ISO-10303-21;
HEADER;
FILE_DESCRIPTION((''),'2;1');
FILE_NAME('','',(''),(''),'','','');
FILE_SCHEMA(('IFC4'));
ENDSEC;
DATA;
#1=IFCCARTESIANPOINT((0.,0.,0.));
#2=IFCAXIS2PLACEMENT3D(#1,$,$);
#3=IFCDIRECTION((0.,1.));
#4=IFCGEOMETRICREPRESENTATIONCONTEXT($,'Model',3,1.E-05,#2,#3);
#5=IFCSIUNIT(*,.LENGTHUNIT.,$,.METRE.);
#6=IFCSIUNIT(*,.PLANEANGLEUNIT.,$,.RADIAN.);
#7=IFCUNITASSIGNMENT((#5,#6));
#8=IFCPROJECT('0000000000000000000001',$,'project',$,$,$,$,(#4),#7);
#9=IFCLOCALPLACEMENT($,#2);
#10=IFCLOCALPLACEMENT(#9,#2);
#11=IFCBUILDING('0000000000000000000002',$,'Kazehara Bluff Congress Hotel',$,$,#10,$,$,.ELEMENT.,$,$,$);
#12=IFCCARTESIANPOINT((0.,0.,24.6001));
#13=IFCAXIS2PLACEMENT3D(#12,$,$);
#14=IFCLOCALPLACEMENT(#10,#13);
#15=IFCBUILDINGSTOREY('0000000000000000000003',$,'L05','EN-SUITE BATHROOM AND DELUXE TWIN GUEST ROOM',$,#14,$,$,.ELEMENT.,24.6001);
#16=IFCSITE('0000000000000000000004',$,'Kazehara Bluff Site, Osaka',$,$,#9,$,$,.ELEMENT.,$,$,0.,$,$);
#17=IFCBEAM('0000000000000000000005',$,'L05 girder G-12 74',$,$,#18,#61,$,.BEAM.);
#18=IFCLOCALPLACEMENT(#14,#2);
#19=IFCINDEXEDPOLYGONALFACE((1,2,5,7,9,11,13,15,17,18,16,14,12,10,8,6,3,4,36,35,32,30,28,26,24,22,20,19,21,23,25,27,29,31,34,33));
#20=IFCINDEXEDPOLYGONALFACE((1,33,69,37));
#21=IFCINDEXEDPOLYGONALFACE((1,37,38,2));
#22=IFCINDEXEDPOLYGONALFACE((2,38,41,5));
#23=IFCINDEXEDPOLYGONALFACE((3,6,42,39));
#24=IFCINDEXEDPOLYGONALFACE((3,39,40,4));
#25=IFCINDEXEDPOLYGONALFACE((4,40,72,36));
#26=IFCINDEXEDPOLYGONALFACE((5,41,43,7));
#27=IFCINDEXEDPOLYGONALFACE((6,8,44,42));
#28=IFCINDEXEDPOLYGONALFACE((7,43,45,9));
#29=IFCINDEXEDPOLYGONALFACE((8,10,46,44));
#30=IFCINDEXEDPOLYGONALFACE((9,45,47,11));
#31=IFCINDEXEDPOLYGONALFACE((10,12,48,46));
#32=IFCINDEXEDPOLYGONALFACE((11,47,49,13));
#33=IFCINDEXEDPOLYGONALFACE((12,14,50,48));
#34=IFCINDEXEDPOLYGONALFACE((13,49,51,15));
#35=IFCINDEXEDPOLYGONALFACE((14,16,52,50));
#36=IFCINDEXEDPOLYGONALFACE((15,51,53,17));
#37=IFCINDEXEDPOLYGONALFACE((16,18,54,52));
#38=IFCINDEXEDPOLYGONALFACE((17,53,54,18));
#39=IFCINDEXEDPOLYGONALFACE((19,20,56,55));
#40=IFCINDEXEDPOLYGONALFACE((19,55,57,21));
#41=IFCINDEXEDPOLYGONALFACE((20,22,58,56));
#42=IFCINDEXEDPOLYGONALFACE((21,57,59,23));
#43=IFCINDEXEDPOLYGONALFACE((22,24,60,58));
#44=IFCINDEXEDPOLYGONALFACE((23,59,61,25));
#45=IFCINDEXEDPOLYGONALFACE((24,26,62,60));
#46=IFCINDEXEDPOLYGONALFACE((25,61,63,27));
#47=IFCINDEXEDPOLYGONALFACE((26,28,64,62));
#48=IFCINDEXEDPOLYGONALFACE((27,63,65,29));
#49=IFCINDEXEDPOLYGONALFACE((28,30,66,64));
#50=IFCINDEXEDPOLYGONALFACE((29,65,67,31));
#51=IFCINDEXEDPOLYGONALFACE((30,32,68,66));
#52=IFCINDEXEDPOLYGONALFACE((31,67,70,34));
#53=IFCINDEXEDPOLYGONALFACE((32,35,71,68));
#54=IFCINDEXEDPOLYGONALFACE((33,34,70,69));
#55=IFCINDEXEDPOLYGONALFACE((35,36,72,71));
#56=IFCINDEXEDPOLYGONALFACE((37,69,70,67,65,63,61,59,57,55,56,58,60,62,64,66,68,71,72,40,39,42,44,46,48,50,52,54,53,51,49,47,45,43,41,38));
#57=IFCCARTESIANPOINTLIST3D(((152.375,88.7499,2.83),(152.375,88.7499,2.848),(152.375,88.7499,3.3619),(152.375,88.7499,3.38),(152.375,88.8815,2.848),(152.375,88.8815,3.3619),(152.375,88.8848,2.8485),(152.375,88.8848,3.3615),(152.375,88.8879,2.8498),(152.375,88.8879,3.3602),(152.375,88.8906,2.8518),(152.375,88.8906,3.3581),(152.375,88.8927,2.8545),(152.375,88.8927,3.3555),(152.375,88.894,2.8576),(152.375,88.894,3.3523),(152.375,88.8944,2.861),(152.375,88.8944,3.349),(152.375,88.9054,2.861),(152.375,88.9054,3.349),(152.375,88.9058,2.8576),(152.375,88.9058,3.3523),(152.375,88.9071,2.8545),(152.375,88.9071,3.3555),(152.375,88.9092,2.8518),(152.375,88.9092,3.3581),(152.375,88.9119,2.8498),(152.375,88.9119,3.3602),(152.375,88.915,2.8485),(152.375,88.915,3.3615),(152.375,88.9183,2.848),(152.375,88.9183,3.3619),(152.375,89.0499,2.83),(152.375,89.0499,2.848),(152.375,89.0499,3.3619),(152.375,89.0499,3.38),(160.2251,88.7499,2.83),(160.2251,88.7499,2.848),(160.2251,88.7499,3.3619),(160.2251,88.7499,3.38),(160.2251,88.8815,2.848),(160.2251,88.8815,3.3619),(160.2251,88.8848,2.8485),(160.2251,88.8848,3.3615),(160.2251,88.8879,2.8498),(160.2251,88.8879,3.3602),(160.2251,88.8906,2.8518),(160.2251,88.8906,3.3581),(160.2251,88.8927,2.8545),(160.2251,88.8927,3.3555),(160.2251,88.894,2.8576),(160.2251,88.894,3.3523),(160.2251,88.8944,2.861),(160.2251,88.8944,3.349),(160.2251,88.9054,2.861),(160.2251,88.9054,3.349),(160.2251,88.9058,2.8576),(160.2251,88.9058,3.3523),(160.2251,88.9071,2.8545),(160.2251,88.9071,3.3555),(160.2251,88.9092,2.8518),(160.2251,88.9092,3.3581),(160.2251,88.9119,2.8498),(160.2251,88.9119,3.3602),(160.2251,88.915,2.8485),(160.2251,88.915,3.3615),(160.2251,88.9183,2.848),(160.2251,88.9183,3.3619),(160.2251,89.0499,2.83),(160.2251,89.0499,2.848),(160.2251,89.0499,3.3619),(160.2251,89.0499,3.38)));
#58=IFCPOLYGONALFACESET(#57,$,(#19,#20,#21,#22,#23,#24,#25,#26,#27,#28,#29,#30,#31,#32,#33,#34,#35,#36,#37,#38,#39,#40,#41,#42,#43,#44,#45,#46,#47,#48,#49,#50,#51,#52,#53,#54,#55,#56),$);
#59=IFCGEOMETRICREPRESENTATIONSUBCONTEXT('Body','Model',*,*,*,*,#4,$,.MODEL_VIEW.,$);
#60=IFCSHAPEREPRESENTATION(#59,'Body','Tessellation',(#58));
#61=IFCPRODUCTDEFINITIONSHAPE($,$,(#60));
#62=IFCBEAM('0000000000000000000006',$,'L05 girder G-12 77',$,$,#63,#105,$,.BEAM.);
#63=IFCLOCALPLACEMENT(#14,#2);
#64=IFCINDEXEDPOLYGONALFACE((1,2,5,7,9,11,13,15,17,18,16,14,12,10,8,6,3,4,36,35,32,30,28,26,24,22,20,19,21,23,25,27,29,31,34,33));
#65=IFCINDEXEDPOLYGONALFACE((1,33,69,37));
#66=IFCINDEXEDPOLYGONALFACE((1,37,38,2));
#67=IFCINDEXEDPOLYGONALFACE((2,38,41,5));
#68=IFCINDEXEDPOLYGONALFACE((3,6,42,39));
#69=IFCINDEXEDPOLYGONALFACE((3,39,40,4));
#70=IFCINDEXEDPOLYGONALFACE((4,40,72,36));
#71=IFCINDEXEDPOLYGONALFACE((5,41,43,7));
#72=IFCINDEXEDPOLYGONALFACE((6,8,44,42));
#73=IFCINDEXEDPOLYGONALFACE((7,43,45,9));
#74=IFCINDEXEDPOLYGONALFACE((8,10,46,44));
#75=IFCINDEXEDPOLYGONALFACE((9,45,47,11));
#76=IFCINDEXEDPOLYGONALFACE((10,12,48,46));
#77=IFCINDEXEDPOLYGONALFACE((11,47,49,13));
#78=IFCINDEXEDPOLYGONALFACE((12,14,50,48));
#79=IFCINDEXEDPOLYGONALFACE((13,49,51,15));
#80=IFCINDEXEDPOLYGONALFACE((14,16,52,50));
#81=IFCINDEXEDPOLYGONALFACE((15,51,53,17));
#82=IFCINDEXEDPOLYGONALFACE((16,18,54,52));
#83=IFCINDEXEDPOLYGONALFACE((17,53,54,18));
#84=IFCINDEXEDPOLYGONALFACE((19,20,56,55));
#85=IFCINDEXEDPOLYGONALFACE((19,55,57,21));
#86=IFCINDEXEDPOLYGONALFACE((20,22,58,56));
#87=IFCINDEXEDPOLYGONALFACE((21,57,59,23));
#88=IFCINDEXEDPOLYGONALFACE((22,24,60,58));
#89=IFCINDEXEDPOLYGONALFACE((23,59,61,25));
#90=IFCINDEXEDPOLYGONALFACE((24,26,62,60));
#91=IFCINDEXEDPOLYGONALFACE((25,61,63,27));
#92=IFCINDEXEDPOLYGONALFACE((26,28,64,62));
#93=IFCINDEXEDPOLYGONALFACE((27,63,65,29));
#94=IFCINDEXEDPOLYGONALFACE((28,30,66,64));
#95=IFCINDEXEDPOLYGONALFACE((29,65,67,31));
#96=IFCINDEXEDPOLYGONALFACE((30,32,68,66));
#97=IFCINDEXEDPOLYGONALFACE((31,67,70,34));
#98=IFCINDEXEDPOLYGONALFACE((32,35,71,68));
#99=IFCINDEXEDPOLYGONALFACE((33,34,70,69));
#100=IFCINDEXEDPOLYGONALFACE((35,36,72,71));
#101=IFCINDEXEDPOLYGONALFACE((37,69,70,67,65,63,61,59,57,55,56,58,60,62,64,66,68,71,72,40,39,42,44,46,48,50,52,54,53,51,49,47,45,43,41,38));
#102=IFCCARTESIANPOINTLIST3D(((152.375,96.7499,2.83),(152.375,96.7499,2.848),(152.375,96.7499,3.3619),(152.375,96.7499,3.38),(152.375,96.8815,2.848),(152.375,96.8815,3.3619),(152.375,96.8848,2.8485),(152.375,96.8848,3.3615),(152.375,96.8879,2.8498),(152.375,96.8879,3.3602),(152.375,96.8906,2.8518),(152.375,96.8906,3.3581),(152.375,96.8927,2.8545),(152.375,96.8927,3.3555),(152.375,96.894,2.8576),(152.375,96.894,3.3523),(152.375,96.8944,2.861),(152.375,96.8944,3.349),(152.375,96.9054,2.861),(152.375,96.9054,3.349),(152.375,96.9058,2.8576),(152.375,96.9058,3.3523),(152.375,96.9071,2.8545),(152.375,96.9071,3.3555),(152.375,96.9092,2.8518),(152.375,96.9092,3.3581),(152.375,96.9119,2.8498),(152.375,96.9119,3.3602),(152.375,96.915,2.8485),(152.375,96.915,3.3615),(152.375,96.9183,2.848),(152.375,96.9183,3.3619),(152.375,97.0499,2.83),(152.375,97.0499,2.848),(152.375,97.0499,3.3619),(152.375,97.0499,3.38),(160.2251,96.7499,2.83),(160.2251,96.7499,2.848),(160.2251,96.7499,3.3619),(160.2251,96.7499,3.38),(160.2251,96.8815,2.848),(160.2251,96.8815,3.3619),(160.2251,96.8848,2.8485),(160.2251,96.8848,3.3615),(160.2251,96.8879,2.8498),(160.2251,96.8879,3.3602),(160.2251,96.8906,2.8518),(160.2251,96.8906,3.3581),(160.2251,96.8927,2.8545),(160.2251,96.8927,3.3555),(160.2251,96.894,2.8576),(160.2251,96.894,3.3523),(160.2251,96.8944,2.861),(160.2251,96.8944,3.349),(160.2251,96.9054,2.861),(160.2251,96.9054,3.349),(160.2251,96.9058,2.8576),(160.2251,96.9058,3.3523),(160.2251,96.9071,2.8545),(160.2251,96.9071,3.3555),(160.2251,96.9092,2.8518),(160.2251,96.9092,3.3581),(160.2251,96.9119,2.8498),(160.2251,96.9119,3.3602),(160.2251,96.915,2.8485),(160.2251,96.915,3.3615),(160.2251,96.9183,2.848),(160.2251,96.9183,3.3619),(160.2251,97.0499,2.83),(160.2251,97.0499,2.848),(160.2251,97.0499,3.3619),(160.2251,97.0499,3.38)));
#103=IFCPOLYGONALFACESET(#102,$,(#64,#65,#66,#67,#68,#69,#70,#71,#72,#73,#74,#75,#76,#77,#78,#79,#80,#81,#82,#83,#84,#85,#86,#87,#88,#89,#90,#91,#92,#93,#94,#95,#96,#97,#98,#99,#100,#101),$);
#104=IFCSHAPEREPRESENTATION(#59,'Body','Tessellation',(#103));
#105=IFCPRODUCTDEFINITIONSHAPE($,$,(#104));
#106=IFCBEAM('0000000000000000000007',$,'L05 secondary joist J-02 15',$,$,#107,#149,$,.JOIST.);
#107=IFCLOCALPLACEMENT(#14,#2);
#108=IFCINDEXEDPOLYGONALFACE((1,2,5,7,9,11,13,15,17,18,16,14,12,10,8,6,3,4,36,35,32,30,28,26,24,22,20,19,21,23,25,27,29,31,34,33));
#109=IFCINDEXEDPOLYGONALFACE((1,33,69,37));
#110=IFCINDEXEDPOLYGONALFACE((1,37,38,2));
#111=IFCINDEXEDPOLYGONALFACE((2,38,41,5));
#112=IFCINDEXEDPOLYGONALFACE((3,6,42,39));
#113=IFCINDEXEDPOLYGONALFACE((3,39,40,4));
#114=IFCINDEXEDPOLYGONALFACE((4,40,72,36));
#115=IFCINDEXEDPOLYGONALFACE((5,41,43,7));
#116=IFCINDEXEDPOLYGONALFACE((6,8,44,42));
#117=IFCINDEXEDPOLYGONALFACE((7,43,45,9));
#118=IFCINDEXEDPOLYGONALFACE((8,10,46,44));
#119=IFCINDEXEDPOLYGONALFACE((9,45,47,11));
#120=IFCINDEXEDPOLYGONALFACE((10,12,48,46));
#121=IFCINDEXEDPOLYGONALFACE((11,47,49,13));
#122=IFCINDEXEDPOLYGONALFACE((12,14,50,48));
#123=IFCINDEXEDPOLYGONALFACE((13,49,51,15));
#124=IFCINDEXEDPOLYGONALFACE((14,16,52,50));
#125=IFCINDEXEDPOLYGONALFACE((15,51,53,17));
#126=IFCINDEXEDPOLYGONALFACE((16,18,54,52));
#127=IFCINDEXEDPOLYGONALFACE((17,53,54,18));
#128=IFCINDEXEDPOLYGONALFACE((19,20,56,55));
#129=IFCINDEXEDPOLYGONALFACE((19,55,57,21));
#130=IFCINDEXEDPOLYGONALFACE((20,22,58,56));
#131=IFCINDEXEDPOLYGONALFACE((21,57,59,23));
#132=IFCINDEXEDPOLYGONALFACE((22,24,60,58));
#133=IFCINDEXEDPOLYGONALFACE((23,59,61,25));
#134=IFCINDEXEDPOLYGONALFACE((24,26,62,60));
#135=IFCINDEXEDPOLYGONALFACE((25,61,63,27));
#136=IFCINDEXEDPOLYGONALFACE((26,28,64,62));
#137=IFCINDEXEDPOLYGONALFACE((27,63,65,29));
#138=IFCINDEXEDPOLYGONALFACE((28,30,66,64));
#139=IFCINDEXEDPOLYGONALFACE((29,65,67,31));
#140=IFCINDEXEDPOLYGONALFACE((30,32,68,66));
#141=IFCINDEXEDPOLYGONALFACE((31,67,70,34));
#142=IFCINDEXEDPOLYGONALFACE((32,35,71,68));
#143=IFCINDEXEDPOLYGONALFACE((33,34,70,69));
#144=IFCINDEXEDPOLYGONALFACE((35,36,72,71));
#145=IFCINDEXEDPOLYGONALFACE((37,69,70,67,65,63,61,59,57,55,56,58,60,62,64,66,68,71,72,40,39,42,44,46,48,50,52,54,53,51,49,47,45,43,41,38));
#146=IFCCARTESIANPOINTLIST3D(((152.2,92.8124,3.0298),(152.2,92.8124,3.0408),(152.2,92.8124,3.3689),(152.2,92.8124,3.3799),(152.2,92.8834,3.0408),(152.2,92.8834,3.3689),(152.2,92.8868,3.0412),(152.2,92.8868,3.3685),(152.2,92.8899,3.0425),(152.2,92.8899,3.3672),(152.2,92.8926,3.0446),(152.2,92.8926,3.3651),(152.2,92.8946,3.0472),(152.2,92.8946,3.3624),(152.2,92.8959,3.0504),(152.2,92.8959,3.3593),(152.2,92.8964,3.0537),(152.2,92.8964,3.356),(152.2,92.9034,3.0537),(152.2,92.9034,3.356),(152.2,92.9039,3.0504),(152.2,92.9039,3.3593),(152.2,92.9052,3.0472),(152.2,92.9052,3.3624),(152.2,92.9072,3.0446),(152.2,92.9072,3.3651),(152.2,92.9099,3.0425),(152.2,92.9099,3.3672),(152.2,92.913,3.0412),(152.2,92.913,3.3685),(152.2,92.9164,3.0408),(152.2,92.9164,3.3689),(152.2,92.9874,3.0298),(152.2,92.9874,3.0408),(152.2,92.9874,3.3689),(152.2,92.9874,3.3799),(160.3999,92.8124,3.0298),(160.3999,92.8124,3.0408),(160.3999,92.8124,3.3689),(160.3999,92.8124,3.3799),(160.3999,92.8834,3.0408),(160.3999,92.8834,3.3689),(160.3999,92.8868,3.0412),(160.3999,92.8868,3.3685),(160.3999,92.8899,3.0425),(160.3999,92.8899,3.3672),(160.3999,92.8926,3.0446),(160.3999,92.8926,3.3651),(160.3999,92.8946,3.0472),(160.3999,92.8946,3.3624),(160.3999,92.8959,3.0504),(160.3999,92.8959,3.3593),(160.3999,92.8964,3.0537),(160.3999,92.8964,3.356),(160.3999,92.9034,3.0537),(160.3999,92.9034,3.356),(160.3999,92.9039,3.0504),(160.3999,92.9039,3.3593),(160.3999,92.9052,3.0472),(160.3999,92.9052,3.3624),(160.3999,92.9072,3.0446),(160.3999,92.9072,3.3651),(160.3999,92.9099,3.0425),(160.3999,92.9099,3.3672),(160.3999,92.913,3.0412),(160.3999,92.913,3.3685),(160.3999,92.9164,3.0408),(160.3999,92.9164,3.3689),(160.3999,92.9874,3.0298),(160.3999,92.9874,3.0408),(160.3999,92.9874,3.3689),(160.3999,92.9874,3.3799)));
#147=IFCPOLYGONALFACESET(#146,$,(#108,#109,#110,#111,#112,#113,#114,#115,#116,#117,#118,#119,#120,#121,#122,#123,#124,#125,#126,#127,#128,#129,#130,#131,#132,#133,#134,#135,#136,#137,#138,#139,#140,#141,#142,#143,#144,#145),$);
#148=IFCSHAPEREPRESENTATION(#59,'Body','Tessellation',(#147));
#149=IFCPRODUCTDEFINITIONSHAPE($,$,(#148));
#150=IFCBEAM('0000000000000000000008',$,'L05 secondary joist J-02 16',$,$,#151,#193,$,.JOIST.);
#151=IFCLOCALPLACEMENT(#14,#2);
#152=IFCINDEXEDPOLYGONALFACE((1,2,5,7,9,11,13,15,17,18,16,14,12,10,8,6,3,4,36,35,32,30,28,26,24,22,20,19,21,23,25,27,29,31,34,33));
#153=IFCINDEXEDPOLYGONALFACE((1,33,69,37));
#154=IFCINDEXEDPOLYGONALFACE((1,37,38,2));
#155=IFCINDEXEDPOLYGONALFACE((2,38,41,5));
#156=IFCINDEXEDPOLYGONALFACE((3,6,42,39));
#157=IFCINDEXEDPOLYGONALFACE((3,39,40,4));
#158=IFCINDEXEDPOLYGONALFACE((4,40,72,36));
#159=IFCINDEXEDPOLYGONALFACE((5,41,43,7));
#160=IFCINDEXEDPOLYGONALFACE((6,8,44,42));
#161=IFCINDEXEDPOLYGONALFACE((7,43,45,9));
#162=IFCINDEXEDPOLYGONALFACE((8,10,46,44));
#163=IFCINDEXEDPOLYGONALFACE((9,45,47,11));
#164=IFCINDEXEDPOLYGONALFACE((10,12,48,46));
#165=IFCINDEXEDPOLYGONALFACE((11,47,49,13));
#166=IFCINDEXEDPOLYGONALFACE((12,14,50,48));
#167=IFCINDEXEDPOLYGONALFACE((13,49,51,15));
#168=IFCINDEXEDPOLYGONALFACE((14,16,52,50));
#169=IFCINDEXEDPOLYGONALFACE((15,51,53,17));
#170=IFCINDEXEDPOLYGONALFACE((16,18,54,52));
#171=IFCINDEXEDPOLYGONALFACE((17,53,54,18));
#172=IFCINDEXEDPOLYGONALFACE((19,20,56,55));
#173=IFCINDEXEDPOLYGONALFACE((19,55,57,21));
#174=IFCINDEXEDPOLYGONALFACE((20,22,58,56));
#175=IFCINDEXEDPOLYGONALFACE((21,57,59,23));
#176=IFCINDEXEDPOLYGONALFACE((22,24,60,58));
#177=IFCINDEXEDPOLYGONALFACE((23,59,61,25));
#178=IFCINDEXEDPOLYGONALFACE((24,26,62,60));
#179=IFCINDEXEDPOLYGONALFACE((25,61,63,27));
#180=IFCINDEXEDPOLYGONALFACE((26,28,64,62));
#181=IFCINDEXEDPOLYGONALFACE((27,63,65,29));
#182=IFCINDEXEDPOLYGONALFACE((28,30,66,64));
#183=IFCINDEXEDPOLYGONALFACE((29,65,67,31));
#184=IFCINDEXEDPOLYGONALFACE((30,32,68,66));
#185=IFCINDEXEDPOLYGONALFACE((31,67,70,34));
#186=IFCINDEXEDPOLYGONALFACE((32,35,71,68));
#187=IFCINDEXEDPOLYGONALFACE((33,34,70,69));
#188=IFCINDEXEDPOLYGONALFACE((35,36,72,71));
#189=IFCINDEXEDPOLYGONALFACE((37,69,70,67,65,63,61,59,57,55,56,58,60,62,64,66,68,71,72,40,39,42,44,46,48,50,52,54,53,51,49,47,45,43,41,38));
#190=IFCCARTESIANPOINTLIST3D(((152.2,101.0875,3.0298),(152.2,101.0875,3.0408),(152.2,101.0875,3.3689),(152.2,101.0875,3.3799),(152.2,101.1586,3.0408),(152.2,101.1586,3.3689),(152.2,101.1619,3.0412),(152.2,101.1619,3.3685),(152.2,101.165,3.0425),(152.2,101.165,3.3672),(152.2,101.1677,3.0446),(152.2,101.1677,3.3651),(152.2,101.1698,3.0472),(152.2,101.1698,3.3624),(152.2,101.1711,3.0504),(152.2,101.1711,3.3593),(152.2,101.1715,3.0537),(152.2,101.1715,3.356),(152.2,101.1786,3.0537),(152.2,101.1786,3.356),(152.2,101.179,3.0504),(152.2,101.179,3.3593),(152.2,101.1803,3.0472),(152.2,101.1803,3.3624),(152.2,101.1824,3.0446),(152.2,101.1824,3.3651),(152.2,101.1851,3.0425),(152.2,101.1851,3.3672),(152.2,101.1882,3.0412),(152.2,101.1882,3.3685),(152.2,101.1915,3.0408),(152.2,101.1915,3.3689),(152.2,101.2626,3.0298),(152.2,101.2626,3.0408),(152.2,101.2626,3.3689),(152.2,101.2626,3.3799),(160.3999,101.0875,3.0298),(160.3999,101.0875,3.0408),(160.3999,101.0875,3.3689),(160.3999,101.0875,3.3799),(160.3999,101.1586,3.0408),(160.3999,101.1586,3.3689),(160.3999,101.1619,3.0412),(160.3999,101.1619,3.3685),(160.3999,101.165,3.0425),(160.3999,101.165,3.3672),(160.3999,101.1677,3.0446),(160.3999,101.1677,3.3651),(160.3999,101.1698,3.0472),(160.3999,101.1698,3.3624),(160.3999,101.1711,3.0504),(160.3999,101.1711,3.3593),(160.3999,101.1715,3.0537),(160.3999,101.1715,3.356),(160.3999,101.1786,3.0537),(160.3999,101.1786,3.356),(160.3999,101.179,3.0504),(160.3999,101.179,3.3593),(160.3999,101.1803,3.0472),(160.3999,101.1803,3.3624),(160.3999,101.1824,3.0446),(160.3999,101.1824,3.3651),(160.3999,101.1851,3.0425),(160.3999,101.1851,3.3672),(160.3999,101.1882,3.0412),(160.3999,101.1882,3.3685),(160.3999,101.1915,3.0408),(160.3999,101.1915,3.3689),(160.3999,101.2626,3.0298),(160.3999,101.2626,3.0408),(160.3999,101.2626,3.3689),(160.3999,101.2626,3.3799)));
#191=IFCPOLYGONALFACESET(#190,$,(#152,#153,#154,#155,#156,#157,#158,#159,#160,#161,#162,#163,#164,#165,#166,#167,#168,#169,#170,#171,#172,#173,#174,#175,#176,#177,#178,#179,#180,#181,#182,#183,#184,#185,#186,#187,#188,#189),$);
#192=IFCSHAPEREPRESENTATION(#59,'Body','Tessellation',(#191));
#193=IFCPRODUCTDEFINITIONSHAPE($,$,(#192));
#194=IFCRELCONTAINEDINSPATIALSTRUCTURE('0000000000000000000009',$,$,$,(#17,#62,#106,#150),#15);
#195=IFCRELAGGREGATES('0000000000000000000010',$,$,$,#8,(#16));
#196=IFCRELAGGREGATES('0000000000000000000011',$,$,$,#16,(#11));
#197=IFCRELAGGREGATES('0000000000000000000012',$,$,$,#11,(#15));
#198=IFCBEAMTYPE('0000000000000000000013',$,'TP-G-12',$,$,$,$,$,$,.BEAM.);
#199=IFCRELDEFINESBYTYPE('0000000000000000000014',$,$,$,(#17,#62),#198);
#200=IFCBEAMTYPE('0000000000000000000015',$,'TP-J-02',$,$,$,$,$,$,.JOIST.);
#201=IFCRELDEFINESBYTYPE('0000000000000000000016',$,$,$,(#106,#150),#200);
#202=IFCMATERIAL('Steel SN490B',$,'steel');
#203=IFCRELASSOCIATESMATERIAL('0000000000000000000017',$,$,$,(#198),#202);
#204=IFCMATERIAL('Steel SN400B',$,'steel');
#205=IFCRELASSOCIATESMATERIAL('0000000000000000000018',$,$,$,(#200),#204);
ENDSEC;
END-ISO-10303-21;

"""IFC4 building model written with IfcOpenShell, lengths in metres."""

from ifc_helpers import new_model, si_unit, direction, frame, origin, origin_2d, place, context, subcontext, project, spatial, i_section, extrude, material, material_profile, profile_set, type_object, element, save


model = new_model("IFC4")

# Units and contexts
model_context = context("Model", 3, precision=1e-05, world=origin(), true_north=direction((0.0, 1.0)))
body_context = subcontext(model_context, "Body", "Model", "MODEL_VIEW")
ifc_project = project(units=[si_unit("LENGTHUNIT", "METRE"), si_unit("PLANEANGLEUNIT", "RADIAN")], contexts=[model_context])

# Site, building, storey
site_placement = place(None, origin())
site = spatial("IfcSite", under=ifc_project, at=site_placement, Name="Kazehara Bluff Site, Osaka", CompositionType="ELEMENT", RefElevation=0.0)
building_placement = place(site_placement, origin())
building = spatial("IfcBuilding", under=site, at=building_placement, Name="Kazehara Bluff Congress Hotel", CompositionType="ELEMENT")
storey_placement = place(building_placement, frame((0.0, 0.0, 24.6001)))
storey = spatial("IfcBuildingStorey", under=building, at=storey_placement, Name="L05", Description="EN-SUITE BATHROOM AND DELUXE TWIN GUEST ROOM", CompositionType="ELEMENT", Elevation=24.6001)

# Beams
ifc_material_1 = material(Name="Steel SN490B", Category="steel")
ifc_material_profile_1 = material_profile(ifc_material_1, i_section(OverallWidth=0.3, OverallDepth=0.55, WebThickness=0.011, FlangeThickness=0.0181, FilletRadius=0.0129, at=origin_2d()))
ifc_profile_set_1 = profile_set([ifc_material_profile_1], Name="Steel SN490B")
beam_type_1 = type_object("IfcBeamType", Name="TP-G-12", PredefinedType="BEAM", material=ifc_profile_set_1)
for number, where, z_axis, x_axis, name in (
    (1, (152.375, 88.8999, 3.105), (1.0, 0.0, 0.0), (0.0, 1.0, 0.0), "L05 girder G-12 74"),
    (2, (152.375, 96.8999, 3.105), (1.0, 0.0, 0.0), (0.0, 1.0, 0.0), "L05 girder G-12 77"),
):
    element("IfcBeam", number, at=place(storey_placement, frame(where, z_axis=z_axis, x_axis=x_axis)), inside=storey, type_object=beam_type_1, Name=name, PredefinedType="BEAM", context=body_context, shape_type="SweptSolid", body=[
        extrude(i_section(OverallWidth=0.3, OverallDepth=0.55, WebThickness=0.011, FlangeThickness=0.0181, FilletRadius=0.0129, at=origin_2d()), origin(), (0.0, 0.0, 1.0), 7.8501),
    ])
ifc_material_2 = material(Name="Steel SN400B", Category="steel")
ifc_material_profile_2 = material_profile(ifc_material_2, i_section(OverallWidth=0.175, OverallDepth=0.3501, WebThickness=0.0071, FlangeThickness=0.011, FilletRadius=0.0129, at=origin_2d()))
ifc_profile_set_2 = profile_set([ifc_material_profile_2], Name="Steel SN400B")
beam_type_2 = type_object("IfcBeamType", Name="TP-J-02", PredefinedType="JOIST", material=ifc_profile_set_2)
for number, where, z_axis, x_axis, name in (
    (3, (152.2, 92.8999, 3.2048), (1.0, 0.0, 0.0), (0.0, 1.0, 0.0), "L05 secondary joist J-02 15"),
    (4, (152.2, 101.175, 3.2048), (1.0, 0.0, 0.0), (0.0, 1.0, 0.0), "L05 secondary joist J-02 16"),
):
    element("IfcBeam", number, at=place(storey_placement, frame(where, z_axis=z_axis, x_axis=x_axis)), inside=storey, type_object=beam_type_2, Name=name, PredefinedType="JOIST", context=body_context, shape_type="SweptSolid", body=[
        extrude(i_section(OverallWidth=0.175, OverallDepth=0.3501, WebThickness=0.0071, FlangeThickness=0.011, FilletRadius=0.0129, at=origin_2d()), origin(), (0.0, 0.0, 1.0), 8.2),
    ])

save(model, "model.ifc")
